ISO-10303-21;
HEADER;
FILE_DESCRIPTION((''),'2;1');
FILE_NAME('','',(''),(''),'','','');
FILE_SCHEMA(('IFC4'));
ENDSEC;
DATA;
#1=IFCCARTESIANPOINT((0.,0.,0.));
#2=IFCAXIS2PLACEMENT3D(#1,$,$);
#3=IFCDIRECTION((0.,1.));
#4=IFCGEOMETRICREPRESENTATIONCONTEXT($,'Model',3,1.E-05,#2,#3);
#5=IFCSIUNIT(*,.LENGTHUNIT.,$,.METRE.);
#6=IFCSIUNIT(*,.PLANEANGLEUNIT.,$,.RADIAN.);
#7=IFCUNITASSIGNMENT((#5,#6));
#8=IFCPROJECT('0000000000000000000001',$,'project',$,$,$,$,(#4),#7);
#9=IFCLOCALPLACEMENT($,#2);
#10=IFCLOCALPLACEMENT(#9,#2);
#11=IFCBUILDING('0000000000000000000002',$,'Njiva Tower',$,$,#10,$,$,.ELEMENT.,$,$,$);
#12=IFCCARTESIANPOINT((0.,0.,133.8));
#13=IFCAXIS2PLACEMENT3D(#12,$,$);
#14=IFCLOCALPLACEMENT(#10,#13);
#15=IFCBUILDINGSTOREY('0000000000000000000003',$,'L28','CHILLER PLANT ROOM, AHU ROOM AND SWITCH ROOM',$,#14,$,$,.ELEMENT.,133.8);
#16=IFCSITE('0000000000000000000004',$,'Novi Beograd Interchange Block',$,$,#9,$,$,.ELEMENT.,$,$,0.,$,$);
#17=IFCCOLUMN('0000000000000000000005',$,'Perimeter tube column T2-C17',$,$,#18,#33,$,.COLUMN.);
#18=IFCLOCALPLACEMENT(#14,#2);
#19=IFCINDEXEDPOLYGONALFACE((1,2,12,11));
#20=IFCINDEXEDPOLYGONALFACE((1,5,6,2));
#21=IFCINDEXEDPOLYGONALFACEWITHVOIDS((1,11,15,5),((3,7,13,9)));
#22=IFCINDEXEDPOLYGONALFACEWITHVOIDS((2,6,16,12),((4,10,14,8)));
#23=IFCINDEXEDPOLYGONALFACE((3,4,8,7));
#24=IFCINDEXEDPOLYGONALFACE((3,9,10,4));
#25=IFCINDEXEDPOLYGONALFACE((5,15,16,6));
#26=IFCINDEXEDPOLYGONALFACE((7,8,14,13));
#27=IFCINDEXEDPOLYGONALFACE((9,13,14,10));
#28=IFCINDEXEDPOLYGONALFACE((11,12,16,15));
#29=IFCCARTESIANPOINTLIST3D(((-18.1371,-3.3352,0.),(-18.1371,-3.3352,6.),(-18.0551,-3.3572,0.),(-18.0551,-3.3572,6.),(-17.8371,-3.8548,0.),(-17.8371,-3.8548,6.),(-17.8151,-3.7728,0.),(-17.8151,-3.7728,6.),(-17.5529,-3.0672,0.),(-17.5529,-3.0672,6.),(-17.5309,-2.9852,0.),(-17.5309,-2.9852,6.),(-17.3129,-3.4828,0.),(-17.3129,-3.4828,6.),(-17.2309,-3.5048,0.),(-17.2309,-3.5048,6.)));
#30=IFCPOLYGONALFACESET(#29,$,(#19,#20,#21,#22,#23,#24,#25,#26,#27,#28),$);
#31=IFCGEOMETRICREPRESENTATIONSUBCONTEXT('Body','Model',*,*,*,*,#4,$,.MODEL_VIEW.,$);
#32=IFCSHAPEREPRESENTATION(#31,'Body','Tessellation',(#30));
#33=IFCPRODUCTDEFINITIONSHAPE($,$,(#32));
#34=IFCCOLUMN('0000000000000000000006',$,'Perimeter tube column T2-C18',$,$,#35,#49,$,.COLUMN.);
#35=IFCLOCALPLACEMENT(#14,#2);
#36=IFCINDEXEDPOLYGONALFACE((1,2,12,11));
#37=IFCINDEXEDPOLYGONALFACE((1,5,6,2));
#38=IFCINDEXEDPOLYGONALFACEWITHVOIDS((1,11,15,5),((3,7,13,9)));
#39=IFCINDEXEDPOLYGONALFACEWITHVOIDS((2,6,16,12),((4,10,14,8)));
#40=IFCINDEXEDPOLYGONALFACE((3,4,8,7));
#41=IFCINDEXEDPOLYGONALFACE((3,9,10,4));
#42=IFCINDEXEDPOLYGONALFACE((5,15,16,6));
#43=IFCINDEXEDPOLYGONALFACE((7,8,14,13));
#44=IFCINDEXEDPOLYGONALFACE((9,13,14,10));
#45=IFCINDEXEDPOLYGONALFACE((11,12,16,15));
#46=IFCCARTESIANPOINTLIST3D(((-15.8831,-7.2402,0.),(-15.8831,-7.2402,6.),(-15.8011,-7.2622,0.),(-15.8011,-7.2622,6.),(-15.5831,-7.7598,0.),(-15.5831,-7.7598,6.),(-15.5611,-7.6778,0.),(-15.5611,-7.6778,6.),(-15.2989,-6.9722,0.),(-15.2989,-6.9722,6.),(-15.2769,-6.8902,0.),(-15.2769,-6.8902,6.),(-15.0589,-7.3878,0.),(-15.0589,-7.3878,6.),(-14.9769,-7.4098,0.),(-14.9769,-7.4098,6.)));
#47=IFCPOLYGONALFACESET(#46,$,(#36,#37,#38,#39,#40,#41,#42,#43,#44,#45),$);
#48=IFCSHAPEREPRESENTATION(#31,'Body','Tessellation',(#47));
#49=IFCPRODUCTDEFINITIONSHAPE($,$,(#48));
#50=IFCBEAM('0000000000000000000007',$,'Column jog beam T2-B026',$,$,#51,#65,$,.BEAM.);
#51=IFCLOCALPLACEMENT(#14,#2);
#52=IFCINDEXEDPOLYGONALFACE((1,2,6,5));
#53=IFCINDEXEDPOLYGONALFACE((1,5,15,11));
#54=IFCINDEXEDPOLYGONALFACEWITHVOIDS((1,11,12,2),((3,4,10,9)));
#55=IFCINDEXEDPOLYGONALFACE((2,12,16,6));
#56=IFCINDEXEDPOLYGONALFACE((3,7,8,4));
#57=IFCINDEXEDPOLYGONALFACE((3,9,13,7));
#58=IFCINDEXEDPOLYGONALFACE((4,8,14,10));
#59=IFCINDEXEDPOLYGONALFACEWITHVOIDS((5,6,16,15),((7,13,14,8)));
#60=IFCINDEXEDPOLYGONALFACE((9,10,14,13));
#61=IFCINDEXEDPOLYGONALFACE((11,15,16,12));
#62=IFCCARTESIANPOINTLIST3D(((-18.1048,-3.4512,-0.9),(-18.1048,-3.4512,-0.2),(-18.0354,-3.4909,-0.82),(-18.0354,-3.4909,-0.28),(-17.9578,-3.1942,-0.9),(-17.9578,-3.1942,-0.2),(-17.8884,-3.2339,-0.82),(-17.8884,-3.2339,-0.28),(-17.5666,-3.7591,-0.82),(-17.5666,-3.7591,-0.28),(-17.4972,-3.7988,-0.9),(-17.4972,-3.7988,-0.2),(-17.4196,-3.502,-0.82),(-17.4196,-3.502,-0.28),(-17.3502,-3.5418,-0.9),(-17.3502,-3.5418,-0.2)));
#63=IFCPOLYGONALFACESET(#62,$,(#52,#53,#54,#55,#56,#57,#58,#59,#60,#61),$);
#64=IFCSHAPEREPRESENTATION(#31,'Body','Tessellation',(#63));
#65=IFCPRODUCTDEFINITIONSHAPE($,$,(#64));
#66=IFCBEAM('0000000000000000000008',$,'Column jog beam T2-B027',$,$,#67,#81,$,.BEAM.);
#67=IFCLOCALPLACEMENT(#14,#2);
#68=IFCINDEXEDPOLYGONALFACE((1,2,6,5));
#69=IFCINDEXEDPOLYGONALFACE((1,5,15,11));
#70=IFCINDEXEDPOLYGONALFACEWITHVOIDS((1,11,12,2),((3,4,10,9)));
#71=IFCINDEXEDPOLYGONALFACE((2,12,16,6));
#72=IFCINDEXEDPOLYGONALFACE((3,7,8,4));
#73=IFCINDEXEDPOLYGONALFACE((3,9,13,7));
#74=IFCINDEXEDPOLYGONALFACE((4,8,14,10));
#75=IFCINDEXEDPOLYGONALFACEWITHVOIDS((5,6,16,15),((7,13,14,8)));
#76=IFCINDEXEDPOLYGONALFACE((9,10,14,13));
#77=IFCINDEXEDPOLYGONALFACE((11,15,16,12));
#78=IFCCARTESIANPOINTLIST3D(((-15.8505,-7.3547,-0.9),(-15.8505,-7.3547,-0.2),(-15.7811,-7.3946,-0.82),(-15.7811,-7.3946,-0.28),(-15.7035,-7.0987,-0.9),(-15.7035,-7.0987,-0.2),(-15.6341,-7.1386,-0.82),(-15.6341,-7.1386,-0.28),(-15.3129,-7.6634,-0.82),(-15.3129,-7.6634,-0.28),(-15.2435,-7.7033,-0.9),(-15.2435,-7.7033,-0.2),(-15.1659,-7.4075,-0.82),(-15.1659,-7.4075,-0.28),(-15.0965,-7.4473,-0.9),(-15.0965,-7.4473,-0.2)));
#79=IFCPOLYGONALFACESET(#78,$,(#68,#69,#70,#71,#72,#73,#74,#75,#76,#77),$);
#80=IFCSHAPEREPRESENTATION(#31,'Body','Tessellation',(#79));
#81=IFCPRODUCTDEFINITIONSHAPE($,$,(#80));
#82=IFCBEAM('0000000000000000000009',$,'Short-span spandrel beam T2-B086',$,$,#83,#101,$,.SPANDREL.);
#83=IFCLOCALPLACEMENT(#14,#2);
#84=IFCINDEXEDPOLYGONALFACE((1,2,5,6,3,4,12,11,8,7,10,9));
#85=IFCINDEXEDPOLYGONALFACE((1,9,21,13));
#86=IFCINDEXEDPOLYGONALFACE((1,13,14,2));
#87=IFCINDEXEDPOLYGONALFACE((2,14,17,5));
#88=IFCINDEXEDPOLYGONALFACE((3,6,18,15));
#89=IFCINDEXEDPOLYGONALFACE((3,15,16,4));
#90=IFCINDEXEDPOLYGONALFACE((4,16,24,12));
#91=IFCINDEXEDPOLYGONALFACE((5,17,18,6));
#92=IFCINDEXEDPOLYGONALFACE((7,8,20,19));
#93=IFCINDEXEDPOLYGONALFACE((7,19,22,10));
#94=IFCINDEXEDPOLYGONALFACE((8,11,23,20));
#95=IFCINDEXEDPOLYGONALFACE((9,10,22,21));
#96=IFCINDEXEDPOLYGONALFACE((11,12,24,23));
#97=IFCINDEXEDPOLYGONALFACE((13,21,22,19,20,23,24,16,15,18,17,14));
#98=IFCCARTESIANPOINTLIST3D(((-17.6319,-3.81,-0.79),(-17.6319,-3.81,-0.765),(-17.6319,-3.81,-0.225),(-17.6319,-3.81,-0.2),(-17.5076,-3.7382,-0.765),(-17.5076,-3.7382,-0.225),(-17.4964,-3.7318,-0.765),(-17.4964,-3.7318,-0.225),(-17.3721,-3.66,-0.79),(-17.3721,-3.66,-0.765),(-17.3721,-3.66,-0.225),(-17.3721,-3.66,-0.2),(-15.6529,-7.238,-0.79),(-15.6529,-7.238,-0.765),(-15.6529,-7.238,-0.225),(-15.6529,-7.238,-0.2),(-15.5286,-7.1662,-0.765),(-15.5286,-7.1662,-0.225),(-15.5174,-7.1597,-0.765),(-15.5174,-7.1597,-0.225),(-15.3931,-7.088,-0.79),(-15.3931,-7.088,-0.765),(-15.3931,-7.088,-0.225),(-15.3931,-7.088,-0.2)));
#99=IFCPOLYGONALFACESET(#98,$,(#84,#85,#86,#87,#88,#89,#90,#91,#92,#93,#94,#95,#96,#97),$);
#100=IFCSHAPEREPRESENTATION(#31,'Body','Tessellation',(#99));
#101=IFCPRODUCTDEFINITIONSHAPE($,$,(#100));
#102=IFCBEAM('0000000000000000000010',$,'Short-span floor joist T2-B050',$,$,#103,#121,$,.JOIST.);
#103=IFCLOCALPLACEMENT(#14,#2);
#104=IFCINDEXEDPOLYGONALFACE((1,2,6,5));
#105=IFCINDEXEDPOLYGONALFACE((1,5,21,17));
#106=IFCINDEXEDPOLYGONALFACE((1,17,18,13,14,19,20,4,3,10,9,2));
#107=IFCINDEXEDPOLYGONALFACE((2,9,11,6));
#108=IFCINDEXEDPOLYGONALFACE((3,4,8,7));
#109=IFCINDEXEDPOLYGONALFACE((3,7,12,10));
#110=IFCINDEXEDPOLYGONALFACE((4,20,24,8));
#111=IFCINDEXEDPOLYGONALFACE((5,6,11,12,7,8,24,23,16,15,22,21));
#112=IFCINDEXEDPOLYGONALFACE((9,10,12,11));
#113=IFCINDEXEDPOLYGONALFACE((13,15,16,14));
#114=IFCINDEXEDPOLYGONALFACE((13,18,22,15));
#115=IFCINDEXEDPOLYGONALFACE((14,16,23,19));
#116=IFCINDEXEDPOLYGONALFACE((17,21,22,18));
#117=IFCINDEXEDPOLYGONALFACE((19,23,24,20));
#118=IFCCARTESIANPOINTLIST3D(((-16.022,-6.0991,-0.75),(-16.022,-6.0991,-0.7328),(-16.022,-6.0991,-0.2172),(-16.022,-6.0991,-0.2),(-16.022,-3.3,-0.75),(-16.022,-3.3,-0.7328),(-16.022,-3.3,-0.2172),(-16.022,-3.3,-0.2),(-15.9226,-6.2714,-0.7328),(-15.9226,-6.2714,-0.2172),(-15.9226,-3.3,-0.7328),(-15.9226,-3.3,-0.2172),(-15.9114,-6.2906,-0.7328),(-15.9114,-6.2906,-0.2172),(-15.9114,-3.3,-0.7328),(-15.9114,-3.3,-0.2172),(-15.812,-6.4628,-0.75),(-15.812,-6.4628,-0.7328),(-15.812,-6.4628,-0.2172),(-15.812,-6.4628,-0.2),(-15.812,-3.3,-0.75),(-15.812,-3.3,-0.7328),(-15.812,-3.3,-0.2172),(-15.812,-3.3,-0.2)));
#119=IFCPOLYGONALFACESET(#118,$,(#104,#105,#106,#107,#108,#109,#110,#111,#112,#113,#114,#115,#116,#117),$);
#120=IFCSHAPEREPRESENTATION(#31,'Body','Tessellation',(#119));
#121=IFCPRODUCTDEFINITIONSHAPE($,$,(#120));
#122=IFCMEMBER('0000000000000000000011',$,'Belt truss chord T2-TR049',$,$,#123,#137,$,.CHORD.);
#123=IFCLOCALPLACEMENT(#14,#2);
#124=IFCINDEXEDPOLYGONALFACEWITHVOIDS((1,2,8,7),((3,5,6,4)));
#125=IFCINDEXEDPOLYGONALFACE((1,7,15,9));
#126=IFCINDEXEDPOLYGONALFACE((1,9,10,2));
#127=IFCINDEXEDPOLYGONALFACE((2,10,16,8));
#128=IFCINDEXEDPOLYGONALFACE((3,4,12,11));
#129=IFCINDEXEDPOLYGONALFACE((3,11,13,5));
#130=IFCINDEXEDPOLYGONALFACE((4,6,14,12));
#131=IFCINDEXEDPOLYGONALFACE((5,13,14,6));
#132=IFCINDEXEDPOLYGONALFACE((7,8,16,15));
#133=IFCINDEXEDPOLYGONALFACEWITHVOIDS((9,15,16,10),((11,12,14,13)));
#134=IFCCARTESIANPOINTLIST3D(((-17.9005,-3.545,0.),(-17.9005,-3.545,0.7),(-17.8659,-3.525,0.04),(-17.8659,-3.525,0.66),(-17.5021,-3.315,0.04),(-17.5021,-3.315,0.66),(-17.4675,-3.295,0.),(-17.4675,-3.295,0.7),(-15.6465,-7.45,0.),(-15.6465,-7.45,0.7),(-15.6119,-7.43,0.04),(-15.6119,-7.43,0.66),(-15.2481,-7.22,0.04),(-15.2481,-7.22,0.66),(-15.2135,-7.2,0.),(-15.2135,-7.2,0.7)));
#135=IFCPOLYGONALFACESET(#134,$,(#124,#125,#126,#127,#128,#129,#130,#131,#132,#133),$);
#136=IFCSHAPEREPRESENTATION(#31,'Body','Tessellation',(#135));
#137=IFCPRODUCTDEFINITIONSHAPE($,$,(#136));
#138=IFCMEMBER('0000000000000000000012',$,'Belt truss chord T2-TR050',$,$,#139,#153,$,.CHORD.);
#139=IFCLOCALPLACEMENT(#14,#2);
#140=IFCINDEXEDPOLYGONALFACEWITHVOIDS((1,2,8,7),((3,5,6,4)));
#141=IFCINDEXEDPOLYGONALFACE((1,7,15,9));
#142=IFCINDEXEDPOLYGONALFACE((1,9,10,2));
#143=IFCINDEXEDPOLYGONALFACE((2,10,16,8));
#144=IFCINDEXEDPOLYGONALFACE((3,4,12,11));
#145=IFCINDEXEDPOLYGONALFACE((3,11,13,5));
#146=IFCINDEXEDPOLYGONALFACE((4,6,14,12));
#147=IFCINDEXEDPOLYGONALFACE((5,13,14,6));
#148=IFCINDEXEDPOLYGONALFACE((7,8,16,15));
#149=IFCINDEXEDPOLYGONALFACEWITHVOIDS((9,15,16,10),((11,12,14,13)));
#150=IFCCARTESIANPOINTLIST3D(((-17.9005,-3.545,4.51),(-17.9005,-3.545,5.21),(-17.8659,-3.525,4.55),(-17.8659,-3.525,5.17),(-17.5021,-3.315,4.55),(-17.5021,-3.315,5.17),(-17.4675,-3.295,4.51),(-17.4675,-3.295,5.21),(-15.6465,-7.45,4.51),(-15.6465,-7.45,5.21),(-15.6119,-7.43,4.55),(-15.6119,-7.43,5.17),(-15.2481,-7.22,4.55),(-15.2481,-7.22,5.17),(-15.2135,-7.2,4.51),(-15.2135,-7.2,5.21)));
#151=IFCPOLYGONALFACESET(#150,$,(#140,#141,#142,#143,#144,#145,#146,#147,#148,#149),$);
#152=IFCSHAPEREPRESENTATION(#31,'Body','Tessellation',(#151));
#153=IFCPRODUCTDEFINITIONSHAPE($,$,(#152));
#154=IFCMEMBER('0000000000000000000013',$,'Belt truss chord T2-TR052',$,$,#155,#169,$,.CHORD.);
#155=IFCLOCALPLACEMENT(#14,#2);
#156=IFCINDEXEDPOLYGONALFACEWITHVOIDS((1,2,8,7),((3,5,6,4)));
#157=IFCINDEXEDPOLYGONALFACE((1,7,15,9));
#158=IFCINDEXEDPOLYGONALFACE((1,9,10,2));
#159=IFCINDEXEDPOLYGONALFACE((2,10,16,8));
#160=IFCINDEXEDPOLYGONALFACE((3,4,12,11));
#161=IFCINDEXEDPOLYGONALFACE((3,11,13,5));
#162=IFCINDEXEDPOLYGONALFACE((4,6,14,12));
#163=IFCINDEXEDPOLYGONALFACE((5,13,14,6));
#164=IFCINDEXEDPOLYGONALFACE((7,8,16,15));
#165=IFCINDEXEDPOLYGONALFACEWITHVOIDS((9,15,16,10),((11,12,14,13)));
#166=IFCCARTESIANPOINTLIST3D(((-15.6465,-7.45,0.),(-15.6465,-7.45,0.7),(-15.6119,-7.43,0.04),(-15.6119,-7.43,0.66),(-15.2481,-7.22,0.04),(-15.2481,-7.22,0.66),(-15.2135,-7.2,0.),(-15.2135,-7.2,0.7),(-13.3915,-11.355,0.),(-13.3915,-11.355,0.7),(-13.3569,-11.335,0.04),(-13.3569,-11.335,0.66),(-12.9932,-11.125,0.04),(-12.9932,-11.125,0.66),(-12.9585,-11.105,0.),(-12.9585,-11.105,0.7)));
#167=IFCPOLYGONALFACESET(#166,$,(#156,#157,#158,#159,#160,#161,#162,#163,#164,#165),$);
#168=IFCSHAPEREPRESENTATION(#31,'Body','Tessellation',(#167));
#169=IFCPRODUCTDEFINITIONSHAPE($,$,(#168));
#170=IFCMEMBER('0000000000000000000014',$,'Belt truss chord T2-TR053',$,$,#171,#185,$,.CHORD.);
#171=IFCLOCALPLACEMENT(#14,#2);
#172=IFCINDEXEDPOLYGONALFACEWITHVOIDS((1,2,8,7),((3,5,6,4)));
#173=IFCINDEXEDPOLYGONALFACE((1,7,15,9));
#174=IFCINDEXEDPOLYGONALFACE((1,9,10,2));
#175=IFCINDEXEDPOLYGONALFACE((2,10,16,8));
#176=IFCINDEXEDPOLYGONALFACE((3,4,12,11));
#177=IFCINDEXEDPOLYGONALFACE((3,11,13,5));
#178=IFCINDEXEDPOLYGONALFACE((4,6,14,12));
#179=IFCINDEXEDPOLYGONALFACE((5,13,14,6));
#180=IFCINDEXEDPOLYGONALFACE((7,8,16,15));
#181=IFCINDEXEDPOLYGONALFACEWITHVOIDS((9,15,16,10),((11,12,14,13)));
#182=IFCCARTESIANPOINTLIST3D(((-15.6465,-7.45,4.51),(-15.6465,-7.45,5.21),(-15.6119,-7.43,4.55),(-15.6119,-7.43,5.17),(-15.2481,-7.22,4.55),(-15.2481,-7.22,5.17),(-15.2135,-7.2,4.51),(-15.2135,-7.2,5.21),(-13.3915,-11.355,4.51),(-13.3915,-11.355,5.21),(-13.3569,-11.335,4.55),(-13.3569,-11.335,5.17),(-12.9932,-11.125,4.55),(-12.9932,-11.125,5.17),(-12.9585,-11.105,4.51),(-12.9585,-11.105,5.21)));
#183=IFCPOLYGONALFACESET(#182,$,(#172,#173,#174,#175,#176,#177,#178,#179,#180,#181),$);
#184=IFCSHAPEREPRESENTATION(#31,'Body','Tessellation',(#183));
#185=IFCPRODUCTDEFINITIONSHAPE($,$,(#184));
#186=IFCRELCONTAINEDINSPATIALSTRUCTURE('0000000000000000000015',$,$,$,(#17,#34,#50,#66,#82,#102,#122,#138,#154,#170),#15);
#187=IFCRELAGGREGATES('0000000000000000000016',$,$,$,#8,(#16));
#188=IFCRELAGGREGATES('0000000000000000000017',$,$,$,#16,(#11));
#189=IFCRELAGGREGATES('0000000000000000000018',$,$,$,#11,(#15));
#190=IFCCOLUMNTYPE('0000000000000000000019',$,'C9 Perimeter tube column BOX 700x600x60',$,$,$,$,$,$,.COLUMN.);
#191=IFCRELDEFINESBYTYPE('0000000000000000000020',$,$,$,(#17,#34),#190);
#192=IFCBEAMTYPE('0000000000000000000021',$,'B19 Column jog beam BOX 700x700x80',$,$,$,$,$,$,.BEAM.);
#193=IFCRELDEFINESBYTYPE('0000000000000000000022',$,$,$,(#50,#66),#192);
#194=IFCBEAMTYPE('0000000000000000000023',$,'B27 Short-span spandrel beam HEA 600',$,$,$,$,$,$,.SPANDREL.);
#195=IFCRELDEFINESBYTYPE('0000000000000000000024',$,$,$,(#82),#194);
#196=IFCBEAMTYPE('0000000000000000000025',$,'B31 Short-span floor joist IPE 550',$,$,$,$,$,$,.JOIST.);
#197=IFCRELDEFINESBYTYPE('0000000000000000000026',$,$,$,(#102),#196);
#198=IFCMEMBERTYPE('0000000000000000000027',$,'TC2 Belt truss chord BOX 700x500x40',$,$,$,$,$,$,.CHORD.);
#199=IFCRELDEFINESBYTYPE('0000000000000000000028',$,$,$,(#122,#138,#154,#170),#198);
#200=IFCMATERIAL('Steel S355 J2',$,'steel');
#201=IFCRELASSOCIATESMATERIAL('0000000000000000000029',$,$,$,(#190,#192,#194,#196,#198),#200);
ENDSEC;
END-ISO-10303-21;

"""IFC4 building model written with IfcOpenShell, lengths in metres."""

from ifc_helpers import new_model, si_unit, direction, frame, origin, origin_2d, place, context, subcontext, project, spatial, hollow_rectangle, i_section, extrude, clip, halfspace, material, material_profile, profile_set, type_object, element, save


model = new_model("IFC4")

# Units and contexts
model_context = context("Model", 3, precision=1e-05, world=origin(), true_north=direction((0.0, 1.0)))
body_context = subcontext(model_context, "Body", "Model", "MODEL_VIEW")
ifc_project = project(units=[si_unit("LENGTHUNIT", "METRE"), si_unit("PLANEANGLEUNIT", "RADIAN")], contexts=[model_context])

# Site, building, storey
site_placement = place(None, origin())
site = spatial("IfcSite", under=ifc_project, at=site_placement, Name="Novi Beograd Interchange Block", CompositionType="ELEMENT", RefElevation=0.0)
building_placement = place(site_placement, origin())
building = spatial("IfcBuilding", under=site, at=building_placement, Name="Njiva Tower", CompositionType="ELEMENT")
storey_placement = place(building_placement, frame((0.0, 0.0, 133.8)))
storey = spatial("IfcBuildingStorey", under=building, at=storey_placement, Name="L28", Description="CHILLER PLANT ROOM, AHU ROOM AND SWITCH ROOM", CompositionType="ELEMENT", Elevation=133.8)

# Columns
ifc_material_1 = material(Name="Steel S355 J2", Category="steel")
ifc_material_profile_1 = material_profile(ifc_material_1, hollow_rectangle(XDim=0.6, YDim=0.7, WallThickness=0.06, at=origin_2d()), Name="BOX 700x600x60")
ifc_profile_set_1 = profile_set([ifc_material_profile_1], Name="Steel S355 J2")
column_type = type_object("IfcColumnType", Name="C9 Perimeter tube column BOX 700x600x60", PredefinedType="COLUMN", material=ifc_profile_set_1)
for number, where, z_axis, x_axis, name in (
    (1, (-17.684, -3.42, 0.0), (0.0, 0.0, 1.0), (0.5, -0.866025, 0.0), "Perimeter tube column T2-C17"),
    (2, (-15.43, -7.325, 0.0), (0.0, 0.0, 1.0), (0.5, -0.866025, 0.0), "Perimeter tube column T2-C18"),
):
    element("IfcColumn", number, at=place(storey_placement, frame(where, z_axis=z_axis, x_axis=x_axis)), inside=storey, type_object=column_type, Name=name, PredefinedType="COLUMN", context=body_context, shape_type="SweptSolid", body=[
        extrude(hollow_rectangle(XDim=0.6, YDim=0.7, WallThickness=0.06, at=origin_2d()), origin(), (0.0, 0.0, 1.0), 6.0),
    ])

# Beams
ifc_material_profile_2 = material_profile(ifc_material_1, hollow_rectangle(XDim=0.7, YDim=0.7, WallThickness=0.08, at=origin_2d()), Name="BOX 700x700x80")
ifc_profile_set_2 = profile_set([ifc_material_profile_2], Name="Steel S355 J2")
beam_type_1 = type_object("IfcBeamType", Name="B19 Column jog beam BOX 700x700x80", PredefinedType="BEAM", material=ifc_profile_set_2)
beam_1_placement = place(storey_placement, frame((-17.801, -3.625, -0.55), z_axis=(0.496503, 0.868035, 0.0), x_axis=(-0.868035, 0.496503, 0.0)))
element("IfcBeam", 3, at=beam_1_placement, inside=storey, type_object=beam_type_1, Name="Column jog beam T2-B026", PredefinedType="BEAM", context=body_context, shape_type="SweptSolid", body=[
    extrude(hollow_rectangle(XDim=0.7, YDim=0.7, WallThickness=0.08, at=origin_2d()), origin(), (0.0, 0.0, 1.0), 0.2961),
])
beam_2_placement = place(storey_placement, frame((-15.547, -7.529, -0.55), z_axis=(0.497962, 0.867199, 0.0), x_axis=(-0.867199, 0.497962, 0.0)))
element("IfcBeam", 4, at=beam_2_placement, inside=storey, type_object=beam_type_1, Name="Column jog beam T2-B027", PredefinedType="BEAM", context=body_context, shape_type="SweptSolid", body=[
    extrude(hollow_rectangle(XDim=0.7, YDim=0.7, WallThickness=0.08, at=origin_2d()), origin(), (0.0, 0.0, 1.0), 0.2952),
])
ifc_material_profile_3 = material_profile(ifc_material_1, i_section(OverallWidth=0.3, OverallDepth=0.59, WebThickness=0.013, FlangeThickness=0.025, at=origin_2d()), Name="HEA 600")
ifc_profile_set_3 = profile_set([ifc_material_profile_3], Name="Steel S355 J2")
beam_type_2 = type_object("IfcBeamType", Name="B27 Short-span spandrel beam HEA 600", PredefinedType="SPANDREL", material=ifc_profile_set_3)
beam_3_placement = place(storey_placement, frame((-17.502, -3.735, -0.495), z_axis=(0.49997, -0.866043, 0.0), x_axis=(0.866043, 0.49997, 0.0)))
element("IfcBeam", 5, at=beam_3_placement, inside=storey, type_object=beam_type_2, Name="Short-span spandrel beam T2-B086", PredefinedType="SPANDREL", context=body_context, shape_type="SweptSolid", body=[
    extrude(i_section(OverallWidth=0.3, OverallDepth=0.59, WebThickness=0.013, FlangeThickness=0.025, at=origin_2d()), origin(), (0.0, 0.0, 1.0), 3.9582),
])
ifc_material_profile_4 = material_profile(ifc_material_1, i_section(OverallWidth=0.21, OverallDepth=0.55, WebThickness=0.0111, FlangeThickness=0.0172, at=origin_2d()), Name="IPE 550")
ifc_profile_set_4 = profile_set([ifc_material_profile_4], Name="Steel S355 J2")
beam_type_3 = type_object("IfcBeamType", Name="B31 Short-span floor joist IPE 550", PredefinedType="JOIST", material=ifc_profile_set_4)
beam_4_placement = place(storey_placement, frame((-15.917, -3.3, -0.475), z_axis=(0.0, -1.0, 0.0), x_axis=(1.0, 0.0, 0.0)))
element("IfcBeam", 6, at=beam_4_placement, inside=storey, type_object=beam_type_3, Name="Short-span floor joist T2-B050", PredefinedType="JOIST", context=body_context, shape_type="Clipping", body=[
    clip(extrude(i_section(OverallWidth=0.21, OverallDepth=0.55, WebThickness=0.0111, FlangeThickness=0.0172, at=origin_2d()), origin(), (0.0, 0.0, 1.0), 3.184), halfspace(frame((-0.043, 0.0, 2.9065), z_axis=(-0.866027, 0.0, 0.499998), x_axis=(0.0, 1.0, 0.0)), False)),
])

# Members
ifc_material_profile_5 = material_profile(ifc_material_1, hollow_rectangle(XDim=0.5, YDim=0.7, WallThickness=0.04, at=origin_2d()), Name="BOX 700x500x40")
ifc_profile_set_5 = profile_set([ifc_material_profile_5], Name="Steel S355 J2")
member_type_1 = type_object("IfcMemberType", Name="TC2 Belt truss chord BOX 700x500x40", PredefinedType="CHORD", material=ifc_profile_set_5)
for number, where, z_axis, x_axis, name in (
    (7, (-17.684, -3.42, 0.35), (0.499908, -0.866078, 0.0), (0.866078, 0.499908, 0.0), "Belt truss chord T2-TR049"),
    (8, (-17.684, -3.42, 4.86), (0.499908, -0.866078, 0.0), (0.866078, 0.499908, 0.0), "Belt truss chord T2-TR050"),
):
    element("IfcMember", number, at=place(storey_placement, frame(where, z_axis=z_axis, x_axis=x_axis)), inside=storey, type_object=member_type_1, Name=name, PredefinedType="CHORD", context=body_context, shape_type="SweptSolid", body=[
        extrude(hollow_rectangle(XDim=0.5, YDim=0.7, WallThickness=0.04, at=origin_2d()), origin(), (0.0, 0.0, 1.0), 4.5088),
    ])
for number, where, z_axis, x_axis, name in (
    (9, (-15.43, -7.325, 0.35), (0.500074, -0.865982, 0.0), (0.865982, 0.500074, 0.0), "Belt truss chord T2-TR052"),
    (10, (-15.43, -7.325, 4.86), (0.500074, -0.865982, 0.0), (0.865982, 0.500074, 0.0), "Belt truss chord T2-TR053"),
):
    element("IfcMember", number, at=place(storey_placement, frame(where, z_axis=z_axis, x_axis=x_axis)), inside=storey, type_object=member_type_1, Name=name, PredefinedType="CHORD", context=body_context, shape_type="SweptSolid", body=[
        extrude(hollow_rectangle(XDim=0.5, YDim=0.7, WallThickness=0.04, at=origin_2d()), origin(), (0.0, 0.0, 1.0), 4.5093),
    ])

save(model, "model.ifc")
